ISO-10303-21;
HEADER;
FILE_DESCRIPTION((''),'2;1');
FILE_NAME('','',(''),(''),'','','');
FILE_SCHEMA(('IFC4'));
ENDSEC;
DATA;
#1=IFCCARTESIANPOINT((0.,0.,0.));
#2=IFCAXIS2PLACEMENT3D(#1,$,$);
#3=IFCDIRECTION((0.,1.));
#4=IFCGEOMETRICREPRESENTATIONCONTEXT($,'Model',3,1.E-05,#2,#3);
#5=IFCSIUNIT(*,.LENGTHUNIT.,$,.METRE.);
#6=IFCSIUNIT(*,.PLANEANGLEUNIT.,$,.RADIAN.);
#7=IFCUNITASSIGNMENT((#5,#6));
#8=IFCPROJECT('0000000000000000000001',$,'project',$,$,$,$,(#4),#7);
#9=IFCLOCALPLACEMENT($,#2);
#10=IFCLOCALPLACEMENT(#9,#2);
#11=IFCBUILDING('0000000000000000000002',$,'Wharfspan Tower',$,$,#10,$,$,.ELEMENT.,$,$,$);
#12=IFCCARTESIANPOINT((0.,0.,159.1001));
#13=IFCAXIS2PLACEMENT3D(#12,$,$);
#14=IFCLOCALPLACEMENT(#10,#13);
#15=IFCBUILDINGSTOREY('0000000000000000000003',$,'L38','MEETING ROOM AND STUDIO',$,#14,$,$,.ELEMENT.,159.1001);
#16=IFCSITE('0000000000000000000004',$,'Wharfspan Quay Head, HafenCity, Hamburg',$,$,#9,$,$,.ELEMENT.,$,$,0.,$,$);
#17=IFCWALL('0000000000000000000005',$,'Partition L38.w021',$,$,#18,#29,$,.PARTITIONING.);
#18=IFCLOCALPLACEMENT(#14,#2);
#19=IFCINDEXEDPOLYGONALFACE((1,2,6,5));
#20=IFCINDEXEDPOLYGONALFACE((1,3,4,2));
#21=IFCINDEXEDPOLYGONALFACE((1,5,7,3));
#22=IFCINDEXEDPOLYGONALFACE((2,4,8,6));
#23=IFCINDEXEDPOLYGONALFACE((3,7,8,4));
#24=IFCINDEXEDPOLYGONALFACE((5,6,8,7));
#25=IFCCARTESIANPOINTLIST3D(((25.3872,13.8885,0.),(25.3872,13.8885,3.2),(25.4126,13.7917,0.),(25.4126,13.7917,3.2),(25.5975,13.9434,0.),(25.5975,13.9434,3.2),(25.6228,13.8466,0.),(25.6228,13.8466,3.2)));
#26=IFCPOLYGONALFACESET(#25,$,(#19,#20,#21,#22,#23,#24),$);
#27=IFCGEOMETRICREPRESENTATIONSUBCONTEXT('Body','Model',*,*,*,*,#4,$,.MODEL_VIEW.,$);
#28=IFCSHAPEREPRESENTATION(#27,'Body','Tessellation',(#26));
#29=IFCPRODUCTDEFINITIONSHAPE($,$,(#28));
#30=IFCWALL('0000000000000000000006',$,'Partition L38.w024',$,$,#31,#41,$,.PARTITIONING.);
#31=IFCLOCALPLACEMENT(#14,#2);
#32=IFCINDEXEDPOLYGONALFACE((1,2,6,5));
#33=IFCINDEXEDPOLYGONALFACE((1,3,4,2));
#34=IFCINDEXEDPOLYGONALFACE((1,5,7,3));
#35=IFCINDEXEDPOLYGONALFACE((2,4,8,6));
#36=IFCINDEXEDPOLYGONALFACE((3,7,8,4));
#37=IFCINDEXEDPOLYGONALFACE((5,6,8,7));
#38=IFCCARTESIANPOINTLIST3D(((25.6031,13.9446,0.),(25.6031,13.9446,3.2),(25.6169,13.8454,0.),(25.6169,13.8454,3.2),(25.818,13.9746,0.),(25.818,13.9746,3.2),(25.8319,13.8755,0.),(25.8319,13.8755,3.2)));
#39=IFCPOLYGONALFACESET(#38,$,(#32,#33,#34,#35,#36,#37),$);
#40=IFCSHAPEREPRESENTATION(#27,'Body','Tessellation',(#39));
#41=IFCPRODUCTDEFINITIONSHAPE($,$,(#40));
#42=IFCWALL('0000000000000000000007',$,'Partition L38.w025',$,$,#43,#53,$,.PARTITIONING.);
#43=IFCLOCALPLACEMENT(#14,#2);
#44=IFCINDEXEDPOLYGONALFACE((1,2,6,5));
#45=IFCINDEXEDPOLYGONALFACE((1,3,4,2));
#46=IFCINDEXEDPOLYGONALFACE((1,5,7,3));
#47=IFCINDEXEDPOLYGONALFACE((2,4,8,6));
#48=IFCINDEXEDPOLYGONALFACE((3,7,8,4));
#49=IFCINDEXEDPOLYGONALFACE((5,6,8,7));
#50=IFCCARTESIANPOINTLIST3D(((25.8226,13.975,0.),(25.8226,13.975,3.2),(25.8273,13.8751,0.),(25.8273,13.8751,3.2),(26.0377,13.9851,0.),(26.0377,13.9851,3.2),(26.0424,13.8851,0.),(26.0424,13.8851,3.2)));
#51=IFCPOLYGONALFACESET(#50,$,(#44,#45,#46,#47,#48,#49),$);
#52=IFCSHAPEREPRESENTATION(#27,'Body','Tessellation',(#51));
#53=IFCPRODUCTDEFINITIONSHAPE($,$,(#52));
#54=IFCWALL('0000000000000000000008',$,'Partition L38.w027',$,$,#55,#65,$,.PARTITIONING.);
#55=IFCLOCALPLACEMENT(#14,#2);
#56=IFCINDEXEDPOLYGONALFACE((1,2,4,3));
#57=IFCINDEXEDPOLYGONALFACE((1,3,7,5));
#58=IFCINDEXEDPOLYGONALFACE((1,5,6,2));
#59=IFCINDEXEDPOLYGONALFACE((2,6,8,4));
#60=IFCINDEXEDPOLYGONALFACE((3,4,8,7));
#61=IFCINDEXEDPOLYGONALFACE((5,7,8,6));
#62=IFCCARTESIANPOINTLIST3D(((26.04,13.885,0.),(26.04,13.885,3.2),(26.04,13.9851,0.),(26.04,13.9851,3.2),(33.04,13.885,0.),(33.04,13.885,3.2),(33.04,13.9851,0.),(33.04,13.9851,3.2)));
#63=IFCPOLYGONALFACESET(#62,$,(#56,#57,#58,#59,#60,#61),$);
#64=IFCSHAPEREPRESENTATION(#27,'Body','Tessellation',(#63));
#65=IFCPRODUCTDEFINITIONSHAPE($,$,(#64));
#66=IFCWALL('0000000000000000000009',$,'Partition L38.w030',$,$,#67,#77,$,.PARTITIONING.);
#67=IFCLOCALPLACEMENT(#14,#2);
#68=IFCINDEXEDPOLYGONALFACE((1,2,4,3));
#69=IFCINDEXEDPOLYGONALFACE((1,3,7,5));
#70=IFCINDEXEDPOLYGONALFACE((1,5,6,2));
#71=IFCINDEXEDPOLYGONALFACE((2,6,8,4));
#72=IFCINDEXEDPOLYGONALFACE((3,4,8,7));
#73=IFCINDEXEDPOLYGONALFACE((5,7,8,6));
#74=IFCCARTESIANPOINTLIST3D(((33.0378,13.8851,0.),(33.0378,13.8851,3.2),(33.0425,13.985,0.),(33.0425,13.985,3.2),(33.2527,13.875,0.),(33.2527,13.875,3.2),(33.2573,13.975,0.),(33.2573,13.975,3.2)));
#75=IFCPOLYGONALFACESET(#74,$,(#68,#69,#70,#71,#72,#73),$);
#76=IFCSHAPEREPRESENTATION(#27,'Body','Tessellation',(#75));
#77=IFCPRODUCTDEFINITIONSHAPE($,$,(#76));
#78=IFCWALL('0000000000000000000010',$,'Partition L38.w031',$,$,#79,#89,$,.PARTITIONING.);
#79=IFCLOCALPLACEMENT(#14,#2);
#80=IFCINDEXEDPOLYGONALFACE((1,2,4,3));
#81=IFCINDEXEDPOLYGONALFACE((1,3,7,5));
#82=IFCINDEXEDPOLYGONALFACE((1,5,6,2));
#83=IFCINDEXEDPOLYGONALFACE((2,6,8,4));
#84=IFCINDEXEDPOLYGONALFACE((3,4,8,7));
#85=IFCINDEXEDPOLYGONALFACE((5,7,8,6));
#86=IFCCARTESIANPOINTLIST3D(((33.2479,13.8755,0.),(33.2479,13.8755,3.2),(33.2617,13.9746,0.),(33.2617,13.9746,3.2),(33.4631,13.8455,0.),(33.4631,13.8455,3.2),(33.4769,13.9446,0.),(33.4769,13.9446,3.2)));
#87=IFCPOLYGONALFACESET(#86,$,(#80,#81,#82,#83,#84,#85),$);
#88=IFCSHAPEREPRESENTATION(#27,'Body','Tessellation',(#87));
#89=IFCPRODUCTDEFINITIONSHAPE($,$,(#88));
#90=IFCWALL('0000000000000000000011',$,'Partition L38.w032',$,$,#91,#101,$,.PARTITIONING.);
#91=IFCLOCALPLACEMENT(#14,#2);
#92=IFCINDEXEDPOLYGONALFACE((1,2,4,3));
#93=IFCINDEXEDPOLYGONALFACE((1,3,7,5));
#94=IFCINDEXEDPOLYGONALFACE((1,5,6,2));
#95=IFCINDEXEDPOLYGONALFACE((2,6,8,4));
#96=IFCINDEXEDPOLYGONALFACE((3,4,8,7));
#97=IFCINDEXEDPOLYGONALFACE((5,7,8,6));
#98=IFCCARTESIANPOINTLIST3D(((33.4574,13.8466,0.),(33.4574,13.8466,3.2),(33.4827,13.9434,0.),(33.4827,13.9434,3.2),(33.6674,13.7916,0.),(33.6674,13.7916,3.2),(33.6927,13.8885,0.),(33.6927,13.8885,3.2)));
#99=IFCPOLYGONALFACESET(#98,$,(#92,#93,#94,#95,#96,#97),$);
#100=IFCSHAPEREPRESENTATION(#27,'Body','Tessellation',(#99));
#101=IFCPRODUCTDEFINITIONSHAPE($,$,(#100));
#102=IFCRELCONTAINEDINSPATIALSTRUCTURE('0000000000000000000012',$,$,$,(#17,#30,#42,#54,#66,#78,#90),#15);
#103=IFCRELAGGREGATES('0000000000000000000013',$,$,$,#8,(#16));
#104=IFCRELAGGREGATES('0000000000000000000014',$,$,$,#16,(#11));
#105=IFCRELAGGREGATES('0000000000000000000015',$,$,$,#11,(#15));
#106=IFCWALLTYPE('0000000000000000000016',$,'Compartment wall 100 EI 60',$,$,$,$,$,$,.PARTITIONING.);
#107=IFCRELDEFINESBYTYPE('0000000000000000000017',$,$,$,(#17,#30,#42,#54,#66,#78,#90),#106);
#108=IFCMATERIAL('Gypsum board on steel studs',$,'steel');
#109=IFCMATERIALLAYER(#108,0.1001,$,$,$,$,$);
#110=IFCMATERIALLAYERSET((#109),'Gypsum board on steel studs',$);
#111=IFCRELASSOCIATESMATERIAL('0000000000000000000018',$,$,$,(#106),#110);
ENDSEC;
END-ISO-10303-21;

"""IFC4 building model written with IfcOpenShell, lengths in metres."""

from ifc_helpers import new_model, si_unit, direction, frame, frame_2d, origin, place, context, subcontext, project, spatial, rectangle, extrude, material, layer, layer_set, type_object, element, save


model = new_model("IFC4")

# Units and contexts
model_context = context("Model", 3, precision=1e-05, world=origin(), true_north=direction((0.0, 1.0)))
body_context = subcontext(model_context, "Body", "Model", "MODEL_VIEW")
ifc_project = project(units=[si_unit("LENGTHUNIT", "METRE"), si_unit("PLANEANGLEUNIT", "RADIAN")], contexts=[model_context])

# Site, building, storey
site_placement = place(None, origin())
site = spatial("IfcSite", under=ifc_project, at=site_placement, Name="Wharfspan Quay Head, HafenCity, Hamburg", CompositionType="ELEMENT", RefElevation=0.0)
building_placement = place(site_placement, origin())
building = spatial("IfcBuilding", under=site, at=building_placement, Name="Wharfspan Tower", CompositionType="ELEMENT")
storey_placement = place(building_placement, frame((0.0, 0.0, 159.1001)))
storey = spatial("IfcBuildingStorey", under=building, at=storey_placement, Name="L38", Description="MEETING ROOM AND STUDIO", CompositionType="ELEMENT", Elevation=159.1001)

# Shared definitions
ifc_material_1 = material(Name="Gypsum board on steel studs", Category="steel")
ifc_layer = layer(ifc_material_1, 0.1001)
ifc_layer_set = layer_set([ifc_layer], Name="Gypsum board on steel studs")
wall_type = type_object("IfcWallType", Name="Compartment wall 100 EI 60", PredefinedType="PARTITIONING", material=ifc_layer_set)

# Walls
wall_1_placement = place(storey_placement, frame((25.3999, 13.8401, 0.0), z_axis=(0.0, 0.0, 1.0), x_axis=(0.967508, 0.252833, 0.0)))
element("IfcWall", 1, at=wall_1_placement, inside=storey, type_object=wall_type, Name="Partition L38.w021", PredefinedType="PARTITIONING", context=body_context, shape_type="SweptSolid", body=[
    extrude(rectangle(XDim=0.2173, YDim=0.1001, at=frame_2d((0.1086, 0.0))), origin(), (0.0, 0.0, 1.0), 3.2),
])
wall_2_placement = place(storey_placement, frame((25.6101, 13.895, 0.0), z_axis=(0.0, 0.0, 1.0), x_axis=(0.990372, 0.138427, 0.0)))
element("IfcWall", 2, at=wall_2_placement, inside=storey, type_object=wall_type, Name="Partition L38.w024", PredefinedType="PARTITIONING", context=body_context, shape_type="SweptSolid", body=[
    extrude(rectangle(XDim=0.217, YDim=0.1001, at=frame_2d((0.1084, 0.0))), origin(), (0.0, 0.0, 1.0), 3.2),
])
wall_3_placement = place(storey_placement, frame((25.825, 13.925, 0.0), z_axis=(0.0, 0.0, 1.0), x_axis=(0.998923, 0.046488, 0.0)))
element("IfcWall", 3, at=wall_3_placement, inside=storey, type_object=wall_type, Name="Partition L38.w025", PredefinedType="PARTITIONING", context=body_context, shape_type="SweptSolid", body=[
    extrude(rectangle(XDim=0.2153, YDim=0.1001, at=frame_2d((0.1077, 0.0))), origin(), (0.0, 0.0, 1.0), 3.2),
])
wall_4_placement = place(storey_placement, frame((26.04, 13.9351, 0.0), z_axis=(0.0, 0.0, 1.0), x_axis=(1.0, 0.0, 0.0)))
element("IfcWall", 4, at=wall_4_placement, inside=storey, type_object=wall_type, Name="Partition L38.w027", PredefinedType="PARTITIONING", context=body_context, shape_type="SweptSolid", body=[
    extrude(rectangle(XDim=7.0, YDim=0.1001, at=frame_2d((3.5, 0.0))), origin(), (0.0, 0.0, 1.0), 3.2),
])
wall_5_placement = place(storey_placement, frame((33.2549, 13.925, 0.0), z_axis=(0.0, 0.0, 1.0), x_axis=(-0.998912, 0.04654, 0.0)))
element("IfcWall", 5, at=wall_5_placement, inside=storey, type_object=wall_type, Name="Partition L38.w030", PredefinedType="PARTITIONING", context=body_context, shape_type="SweptSolid", body=[
    extrude(rectangle(XDim=0.2151, YDim=0.1001, at=frame_2d((0.1074, 0.0))), origin(), (0.0, 0.0, 1.0), 3.2),
])
wall_6_placement = place(storey_placement, frame((33.47, 13.895, 0.0), z_axis=(0.0, 0.0, 1.0), x_axis=(-0.990394, 0.138273, 0.0)))
element("IfcWall", 6, at=wall_6_placement, inside=storey, type_object=wall_type, Name="Partition L38.w031", PredefinedType="PARTITIONING", context=body_context, shape_type="SweptSolid", body=[
    extrude(rectangle(XDim=0.2173, YDim=0.1001, at=frame_2d((0.1086, 0.0))), origin(), (0.0, 0.0, 1.0), 3.2),
])
wall_7_placement = place(storey_placement, frame((33.6799, 13.8401, 0.0), z_axis=(0.0, 0.0, 1.0), x_axis=(-0.967435, 0.253108, 0.0)))
element("IfcWall", 7, at=wall_7_placement, inside=storey, type_object=wall_type, Name="Partition L38.w032", PredefinedType="PARTITIONING", context=body_context, shape_type="SweptSolid", body=[
    extrude(rectangle(XDim=0.217, YDim=0.1001, at=frame_2d((0.1084, 0.0))), origin(), (0.0, 0.0, 1.0), 3.2),
])

save(model, "model.ifc")
